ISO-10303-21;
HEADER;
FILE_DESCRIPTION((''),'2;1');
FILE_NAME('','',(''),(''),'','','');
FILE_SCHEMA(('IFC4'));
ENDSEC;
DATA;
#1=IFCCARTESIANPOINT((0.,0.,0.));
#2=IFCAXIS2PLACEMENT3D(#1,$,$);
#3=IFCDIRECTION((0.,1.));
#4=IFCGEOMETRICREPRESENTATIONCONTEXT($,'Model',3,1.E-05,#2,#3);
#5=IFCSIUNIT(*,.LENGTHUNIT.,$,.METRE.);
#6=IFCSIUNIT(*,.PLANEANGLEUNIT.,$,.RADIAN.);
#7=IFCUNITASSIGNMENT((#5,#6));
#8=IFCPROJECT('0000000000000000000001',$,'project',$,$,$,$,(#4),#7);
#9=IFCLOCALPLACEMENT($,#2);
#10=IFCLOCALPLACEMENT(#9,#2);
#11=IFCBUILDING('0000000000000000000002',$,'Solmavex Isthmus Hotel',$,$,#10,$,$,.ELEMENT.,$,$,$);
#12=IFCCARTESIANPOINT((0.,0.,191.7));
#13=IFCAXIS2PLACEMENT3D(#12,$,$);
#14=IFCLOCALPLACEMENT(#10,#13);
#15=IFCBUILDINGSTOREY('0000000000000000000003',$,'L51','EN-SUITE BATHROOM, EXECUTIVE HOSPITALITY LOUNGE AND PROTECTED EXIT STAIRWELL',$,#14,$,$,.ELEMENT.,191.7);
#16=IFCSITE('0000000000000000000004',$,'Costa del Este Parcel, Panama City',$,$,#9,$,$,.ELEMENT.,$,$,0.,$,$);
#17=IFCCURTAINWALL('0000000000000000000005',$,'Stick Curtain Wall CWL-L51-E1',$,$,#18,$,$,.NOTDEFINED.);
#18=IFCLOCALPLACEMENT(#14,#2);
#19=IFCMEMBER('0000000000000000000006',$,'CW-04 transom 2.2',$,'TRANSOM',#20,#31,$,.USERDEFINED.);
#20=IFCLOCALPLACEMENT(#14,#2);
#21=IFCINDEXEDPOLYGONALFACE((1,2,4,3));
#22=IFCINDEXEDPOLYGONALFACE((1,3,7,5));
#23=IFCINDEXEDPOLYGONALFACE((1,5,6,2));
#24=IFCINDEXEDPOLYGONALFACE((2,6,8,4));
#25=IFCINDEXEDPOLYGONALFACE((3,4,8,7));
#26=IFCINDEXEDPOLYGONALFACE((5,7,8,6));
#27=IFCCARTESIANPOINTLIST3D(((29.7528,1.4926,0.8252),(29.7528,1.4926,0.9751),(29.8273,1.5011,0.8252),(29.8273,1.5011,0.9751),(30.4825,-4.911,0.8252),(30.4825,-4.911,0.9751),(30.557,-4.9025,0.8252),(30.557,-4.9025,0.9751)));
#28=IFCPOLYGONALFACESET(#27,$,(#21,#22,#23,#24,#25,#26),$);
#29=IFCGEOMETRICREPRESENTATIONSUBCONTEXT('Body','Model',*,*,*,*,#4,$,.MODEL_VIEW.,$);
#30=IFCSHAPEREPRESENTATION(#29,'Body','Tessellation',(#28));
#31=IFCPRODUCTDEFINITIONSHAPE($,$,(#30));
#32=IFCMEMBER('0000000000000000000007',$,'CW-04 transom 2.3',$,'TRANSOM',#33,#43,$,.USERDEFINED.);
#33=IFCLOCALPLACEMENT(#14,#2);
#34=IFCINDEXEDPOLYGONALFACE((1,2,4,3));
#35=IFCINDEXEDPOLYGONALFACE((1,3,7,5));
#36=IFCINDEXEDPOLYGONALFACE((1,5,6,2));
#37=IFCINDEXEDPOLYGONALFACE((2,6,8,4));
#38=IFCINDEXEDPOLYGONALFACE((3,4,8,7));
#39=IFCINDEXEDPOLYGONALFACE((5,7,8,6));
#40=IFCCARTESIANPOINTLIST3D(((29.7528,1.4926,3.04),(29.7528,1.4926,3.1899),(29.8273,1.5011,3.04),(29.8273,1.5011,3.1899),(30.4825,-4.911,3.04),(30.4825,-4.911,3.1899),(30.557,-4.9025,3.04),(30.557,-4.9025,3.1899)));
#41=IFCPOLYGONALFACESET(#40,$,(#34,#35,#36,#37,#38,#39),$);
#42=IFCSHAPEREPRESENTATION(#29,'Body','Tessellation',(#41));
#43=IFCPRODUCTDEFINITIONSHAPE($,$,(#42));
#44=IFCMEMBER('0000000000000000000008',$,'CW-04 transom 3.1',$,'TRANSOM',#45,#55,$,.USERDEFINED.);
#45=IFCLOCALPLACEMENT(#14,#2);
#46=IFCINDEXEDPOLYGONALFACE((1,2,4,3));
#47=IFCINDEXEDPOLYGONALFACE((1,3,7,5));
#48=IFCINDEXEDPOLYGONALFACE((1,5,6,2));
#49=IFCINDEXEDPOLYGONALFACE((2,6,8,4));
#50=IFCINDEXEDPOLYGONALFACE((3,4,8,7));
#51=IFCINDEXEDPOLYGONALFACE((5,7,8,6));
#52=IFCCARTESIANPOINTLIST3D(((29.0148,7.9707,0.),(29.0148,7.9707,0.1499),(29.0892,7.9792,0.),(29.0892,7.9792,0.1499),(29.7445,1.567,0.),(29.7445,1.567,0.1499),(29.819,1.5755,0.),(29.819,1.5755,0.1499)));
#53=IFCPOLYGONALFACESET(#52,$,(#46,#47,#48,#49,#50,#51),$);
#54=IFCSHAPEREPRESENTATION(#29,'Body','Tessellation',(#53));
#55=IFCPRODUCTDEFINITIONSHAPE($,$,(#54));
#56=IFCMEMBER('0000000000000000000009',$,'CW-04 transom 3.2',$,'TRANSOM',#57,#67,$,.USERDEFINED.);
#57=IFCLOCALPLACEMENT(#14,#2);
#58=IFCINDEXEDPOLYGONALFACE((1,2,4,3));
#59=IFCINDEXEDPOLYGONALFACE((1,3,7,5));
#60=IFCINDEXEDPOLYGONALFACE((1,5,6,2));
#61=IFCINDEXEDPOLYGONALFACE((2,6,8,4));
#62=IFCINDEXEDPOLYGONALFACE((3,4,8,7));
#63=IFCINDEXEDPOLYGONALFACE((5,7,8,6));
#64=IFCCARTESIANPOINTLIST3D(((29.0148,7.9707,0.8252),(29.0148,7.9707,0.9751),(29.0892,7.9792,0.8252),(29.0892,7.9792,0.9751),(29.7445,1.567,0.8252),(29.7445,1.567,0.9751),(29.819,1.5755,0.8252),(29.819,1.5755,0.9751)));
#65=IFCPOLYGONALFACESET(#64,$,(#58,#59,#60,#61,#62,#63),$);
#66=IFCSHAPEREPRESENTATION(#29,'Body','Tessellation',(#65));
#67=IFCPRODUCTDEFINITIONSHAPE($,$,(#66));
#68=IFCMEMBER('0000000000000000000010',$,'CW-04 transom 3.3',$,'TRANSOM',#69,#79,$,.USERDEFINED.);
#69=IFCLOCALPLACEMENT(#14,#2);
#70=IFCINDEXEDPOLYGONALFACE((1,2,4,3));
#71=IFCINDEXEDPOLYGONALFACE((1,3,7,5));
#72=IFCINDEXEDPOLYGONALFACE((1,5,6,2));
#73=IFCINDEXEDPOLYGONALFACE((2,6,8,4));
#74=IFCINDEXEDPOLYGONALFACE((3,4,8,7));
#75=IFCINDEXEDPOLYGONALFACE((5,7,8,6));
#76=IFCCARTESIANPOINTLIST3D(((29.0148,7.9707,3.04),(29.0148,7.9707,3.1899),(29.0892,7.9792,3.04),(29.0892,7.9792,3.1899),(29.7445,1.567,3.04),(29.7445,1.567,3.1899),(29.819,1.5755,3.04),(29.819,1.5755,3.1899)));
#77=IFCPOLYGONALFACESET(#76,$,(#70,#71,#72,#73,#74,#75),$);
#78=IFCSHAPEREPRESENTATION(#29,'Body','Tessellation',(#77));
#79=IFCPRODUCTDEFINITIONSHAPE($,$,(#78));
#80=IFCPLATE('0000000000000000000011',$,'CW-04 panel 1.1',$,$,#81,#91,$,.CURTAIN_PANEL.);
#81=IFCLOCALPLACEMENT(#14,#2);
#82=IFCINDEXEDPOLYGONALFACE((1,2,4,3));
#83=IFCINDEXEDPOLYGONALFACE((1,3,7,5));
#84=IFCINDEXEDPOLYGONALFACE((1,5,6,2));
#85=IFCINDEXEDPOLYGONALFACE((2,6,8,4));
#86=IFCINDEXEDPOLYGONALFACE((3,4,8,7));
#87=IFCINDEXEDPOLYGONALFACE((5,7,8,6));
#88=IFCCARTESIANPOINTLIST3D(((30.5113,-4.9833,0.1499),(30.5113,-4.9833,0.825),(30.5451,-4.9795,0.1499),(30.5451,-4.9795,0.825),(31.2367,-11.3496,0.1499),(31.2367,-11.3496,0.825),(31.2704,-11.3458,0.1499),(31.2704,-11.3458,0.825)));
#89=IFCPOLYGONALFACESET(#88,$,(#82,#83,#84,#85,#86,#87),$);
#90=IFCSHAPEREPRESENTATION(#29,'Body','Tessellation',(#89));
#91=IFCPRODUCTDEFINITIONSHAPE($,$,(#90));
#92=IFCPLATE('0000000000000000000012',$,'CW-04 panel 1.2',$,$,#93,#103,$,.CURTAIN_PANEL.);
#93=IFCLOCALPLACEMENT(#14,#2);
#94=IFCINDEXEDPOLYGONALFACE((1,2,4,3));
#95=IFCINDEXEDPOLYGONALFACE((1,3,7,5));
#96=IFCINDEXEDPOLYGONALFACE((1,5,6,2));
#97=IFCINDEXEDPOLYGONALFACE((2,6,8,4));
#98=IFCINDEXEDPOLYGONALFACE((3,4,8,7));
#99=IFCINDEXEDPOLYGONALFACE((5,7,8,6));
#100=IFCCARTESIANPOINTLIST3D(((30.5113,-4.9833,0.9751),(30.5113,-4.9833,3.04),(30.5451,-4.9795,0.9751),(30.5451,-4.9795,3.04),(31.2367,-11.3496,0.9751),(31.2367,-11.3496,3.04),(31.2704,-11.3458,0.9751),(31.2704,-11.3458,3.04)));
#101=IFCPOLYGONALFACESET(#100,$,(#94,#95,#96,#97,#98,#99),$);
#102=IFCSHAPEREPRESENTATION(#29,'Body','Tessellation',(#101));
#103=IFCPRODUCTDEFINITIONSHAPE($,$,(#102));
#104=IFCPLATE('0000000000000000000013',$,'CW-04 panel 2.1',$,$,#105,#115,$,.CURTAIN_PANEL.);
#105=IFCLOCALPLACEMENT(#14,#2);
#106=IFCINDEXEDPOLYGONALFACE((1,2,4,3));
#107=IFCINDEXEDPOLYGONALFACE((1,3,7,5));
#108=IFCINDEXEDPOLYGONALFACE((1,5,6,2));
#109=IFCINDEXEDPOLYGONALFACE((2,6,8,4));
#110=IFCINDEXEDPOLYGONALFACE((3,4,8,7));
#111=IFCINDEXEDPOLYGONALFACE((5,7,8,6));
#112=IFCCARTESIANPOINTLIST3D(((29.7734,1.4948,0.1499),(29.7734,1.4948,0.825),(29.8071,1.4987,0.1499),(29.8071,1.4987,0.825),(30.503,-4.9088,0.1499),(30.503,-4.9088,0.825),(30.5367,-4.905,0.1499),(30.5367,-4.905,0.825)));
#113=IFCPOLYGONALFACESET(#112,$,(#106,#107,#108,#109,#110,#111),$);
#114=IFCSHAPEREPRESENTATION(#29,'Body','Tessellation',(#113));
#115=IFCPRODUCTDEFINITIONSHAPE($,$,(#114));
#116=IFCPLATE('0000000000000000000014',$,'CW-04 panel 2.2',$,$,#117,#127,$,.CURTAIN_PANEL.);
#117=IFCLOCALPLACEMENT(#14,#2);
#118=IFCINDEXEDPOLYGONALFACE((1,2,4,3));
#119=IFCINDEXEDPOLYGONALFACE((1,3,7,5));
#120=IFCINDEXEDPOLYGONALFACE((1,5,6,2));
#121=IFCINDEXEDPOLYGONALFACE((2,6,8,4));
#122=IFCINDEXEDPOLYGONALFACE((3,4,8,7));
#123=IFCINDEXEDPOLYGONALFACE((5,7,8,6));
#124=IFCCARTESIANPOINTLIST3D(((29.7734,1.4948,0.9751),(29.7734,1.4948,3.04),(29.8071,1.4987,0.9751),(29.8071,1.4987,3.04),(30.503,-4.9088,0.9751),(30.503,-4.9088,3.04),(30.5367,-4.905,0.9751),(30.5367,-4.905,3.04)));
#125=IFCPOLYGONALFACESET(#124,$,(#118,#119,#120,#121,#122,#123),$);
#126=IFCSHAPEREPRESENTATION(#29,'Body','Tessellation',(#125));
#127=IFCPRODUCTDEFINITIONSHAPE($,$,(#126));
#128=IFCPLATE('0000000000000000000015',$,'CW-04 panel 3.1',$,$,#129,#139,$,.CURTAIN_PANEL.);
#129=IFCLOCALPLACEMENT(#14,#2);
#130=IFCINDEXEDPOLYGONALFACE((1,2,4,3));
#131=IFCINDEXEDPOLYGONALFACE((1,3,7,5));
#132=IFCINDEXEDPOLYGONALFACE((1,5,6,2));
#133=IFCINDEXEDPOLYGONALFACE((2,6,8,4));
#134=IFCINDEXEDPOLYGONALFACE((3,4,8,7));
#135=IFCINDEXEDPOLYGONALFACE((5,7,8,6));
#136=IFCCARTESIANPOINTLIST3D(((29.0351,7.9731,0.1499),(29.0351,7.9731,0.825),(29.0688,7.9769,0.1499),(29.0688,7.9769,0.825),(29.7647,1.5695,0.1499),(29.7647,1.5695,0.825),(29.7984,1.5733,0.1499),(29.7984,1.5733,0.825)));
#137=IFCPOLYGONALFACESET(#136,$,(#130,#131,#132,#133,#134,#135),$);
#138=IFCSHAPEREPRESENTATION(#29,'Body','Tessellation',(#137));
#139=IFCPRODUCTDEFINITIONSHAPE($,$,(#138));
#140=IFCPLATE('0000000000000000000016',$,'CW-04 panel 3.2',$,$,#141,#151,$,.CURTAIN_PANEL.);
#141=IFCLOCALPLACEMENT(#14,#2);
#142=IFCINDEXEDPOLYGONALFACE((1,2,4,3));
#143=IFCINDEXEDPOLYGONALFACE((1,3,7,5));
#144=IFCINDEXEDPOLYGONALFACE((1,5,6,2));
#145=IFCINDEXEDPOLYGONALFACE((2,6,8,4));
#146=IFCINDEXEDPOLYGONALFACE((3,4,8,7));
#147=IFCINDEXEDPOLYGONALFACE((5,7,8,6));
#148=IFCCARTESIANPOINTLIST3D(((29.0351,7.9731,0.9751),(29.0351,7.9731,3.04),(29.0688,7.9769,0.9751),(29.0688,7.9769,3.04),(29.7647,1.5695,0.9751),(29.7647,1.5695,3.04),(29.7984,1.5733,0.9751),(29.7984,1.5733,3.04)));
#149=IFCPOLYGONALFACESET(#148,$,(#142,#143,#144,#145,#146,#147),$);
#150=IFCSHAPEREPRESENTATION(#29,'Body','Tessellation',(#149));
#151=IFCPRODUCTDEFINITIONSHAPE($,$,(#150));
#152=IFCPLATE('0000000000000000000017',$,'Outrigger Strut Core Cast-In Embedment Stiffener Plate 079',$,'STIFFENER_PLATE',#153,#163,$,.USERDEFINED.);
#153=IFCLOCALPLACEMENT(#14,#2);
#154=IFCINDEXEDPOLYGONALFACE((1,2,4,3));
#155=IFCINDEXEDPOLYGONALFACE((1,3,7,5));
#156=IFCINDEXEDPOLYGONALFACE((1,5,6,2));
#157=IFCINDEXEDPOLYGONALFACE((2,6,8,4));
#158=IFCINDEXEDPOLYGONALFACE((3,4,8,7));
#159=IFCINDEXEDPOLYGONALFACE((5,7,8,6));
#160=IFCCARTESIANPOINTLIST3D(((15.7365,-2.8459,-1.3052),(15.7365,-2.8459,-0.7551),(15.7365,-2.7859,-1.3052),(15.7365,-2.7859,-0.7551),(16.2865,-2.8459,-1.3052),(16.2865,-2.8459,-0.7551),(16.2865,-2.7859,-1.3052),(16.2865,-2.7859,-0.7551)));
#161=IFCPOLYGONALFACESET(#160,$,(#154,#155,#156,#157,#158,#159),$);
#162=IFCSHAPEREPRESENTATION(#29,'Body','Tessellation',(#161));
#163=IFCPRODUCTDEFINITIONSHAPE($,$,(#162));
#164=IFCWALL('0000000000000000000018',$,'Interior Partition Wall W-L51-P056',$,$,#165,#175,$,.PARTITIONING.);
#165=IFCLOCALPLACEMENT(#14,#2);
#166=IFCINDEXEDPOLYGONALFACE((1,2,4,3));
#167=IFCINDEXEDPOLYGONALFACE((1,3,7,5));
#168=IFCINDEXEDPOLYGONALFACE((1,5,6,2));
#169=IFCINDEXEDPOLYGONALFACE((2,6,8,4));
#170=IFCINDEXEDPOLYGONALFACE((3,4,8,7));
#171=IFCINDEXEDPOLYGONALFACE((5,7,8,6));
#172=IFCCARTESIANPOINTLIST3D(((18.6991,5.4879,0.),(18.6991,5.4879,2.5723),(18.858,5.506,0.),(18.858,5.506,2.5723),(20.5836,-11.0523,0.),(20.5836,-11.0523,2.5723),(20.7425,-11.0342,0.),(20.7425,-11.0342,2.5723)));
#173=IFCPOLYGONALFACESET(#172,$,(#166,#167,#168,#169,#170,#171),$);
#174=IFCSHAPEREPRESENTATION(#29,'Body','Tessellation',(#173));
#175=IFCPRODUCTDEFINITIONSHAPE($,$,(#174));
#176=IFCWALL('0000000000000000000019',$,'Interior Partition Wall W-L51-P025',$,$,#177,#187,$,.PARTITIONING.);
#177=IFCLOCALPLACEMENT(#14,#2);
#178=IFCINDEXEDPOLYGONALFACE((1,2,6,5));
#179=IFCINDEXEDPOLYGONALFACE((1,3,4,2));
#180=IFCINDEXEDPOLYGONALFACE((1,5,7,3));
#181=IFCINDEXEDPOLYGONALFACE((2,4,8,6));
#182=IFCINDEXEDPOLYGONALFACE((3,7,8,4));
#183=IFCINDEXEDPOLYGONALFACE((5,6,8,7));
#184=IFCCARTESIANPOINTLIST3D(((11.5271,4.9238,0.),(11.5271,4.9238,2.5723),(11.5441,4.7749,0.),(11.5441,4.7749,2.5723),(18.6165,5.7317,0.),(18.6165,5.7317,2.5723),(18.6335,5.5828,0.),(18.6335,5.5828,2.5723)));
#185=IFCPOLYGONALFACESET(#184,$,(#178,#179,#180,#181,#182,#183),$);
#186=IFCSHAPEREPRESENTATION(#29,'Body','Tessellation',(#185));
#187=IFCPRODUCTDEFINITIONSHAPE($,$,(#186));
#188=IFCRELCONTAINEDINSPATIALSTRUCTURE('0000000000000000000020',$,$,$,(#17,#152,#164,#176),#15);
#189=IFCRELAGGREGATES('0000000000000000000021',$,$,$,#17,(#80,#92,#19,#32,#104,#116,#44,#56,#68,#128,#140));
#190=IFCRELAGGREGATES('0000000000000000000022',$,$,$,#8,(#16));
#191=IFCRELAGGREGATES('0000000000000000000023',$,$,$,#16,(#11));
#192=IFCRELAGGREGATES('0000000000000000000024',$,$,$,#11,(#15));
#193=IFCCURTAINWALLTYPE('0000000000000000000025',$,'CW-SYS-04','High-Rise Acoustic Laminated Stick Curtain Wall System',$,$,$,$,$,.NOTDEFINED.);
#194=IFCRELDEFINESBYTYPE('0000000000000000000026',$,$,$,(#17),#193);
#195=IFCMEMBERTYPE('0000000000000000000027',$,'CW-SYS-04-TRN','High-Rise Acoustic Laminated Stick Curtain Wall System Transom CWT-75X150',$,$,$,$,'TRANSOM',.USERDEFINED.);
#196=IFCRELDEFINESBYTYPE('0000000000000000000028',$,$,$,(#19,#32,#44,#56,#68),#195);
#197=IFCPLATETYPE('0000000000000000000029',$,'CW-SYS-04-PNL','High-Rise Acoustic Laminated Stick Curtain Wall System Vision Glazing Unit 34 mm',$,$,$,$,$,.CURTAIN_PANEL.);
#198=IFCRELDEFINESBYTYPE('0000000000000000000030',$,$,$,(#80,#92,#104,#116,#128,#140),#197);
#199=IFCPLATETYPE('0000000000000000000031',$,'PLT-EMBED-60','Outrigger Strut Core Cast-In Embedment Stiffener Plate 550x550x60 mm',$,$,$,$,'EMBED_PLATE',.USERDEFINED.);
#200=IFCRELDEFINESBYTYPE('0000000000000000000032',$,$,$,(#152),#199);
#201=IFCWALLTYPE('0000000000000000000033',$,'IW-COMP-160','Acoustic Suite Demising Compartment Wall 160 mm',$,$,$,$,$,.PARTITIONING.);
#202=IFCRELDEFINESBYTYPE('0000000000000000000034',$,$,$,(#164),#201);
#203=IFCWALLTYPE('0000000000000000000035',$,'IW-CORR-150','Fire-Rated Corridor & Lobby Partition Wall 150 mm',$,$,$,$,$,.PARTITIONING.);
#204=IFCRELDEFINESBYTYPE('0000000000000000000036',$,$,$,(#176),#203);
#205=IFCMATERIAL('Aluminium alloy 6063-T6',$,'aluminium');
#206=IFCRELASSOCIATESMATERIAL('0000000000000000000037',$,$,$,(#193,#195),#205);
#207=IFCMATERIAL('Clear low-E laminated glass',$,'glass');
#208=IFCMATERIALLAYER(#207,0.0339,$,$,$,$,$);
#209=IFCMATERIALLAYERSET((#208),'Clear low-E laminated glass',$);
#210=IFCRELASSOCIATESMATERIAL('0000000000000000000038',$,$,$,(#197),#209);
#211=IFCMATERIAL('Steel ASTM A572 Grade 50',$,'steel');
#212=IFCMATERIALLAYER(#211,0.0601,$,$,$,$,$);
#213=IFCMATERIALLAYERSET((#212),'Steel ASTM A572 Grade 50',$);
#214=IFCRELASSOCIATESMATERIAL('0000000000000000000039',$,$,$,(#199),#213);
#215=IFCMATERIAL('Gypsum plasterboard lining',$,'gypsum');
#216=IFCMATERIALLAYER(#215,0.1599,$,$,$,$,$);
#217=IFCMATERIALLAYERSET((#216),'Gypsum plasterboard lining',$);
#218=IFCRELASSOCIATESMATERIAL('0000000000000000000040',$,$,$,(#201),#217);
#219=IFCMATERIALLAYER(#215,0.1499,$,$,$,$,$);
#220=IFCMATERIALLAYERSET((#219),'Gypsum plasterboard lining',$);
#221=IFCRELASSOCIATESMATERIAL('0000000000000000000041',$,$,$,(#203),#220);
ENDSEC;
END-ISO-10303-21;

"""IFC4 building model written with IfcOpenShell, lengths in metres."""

from ifc_helpers import new_model, si_unit, direction, frame, frame_2d, origin, origin_2d, place, context, subcontext, project, spatial, rectangle, extrude, material, layer, layer_set, material_profile, profile_set, type_object, element, aggregate, save


model = new_model("IFC4")

# Units and contexts
model_context = context("Model", 3, precision=1e-05, world=origin(), true_north=direction((0.0, 1.0)))
body_context = subcontext(model_context, "Body", "Model", "MODEL_VIEW")
ifc_project = project(units=[si_unit("LENGTHUNIT", "METRE"), si_unit("PLANEANGLEUNIT", "RADIAN")], contexts=[model_context])

# Site, building, storey
site_placement = place(None, origin())
site = spatial("IfcSite", under=ifc_project, at=site_placement, Name="Costa del Este Parcel, Panama City", CompositionType="ELEMENT", RefElevation=0.0)
building_placement = place(site_placement, origin())
building = spatial("IfcBuilding", under=site, at=building_placement, Name="Solmavex Isthmus Hotel", CompositionType="ELEMENT")
storey_placement = place(building_placement, frame((0.0, 0.0, 191.7)))
storey = spatial("IfcBuildingStorey", under=building, at=storey_placement, Name="L51", Description="EN-SUITE BATHROOM, EXECUTIVE HOSPITALITY LOUNGE AND PROTECTED EXIT STAIRWELL", CompositionType="ELEMENT", Elevation=191.7)

# Shared definitions
ifc_material_1 = material(Name="Steel ASTM A572 Grade 50", Category="steel")

# Curtain wall, members, plates
ifc_material_2 = material(Name="Aluminium alloy 6063-T6", Category="aluminium")
curtain_wall_type = type_object("IfcCurtainWallType", Name="CW-SYS-04", Description="High-Rise Acoustic Laminated Stick Curtain Wall System", PredefinedType="NOTDEFINED", material=ifc_material_2)
curtain_wall_placement = place(storey_placement, origin())
curtain_wall = element("IfcCurtainWall", 1, at=curtain_wall_placement, inside=storey, type_object=curtain_wall_type, Name="Stick Curtain Wall CWL-L51-E1", PredefinedType="NOTDEFINED")
ifc_material_profile_1 = material_profile(ifc_material_2, rectangle(XDim=0.075, YDim=0.1499, at=origin_2d()), Name="CWT-75X150")
ifc_profile_set_1 = profile_set([ifc_material_profile_1], Name="Aluminium alloy 6063-T6")
member_type_1 = type_object("IfcMemberType", Name="CW-SYS-04-TRN", Description="High-Rise Acoustic Laminated Stick Curtain Wall System Transom CWT-75X150", ElementType="TRANSOM", PredefinedType="USERDEFINED", material=ifc_profile_set_1)
member_1_placement = place(storey_placement, frame((30.5198, -4.9067, 0.9001), z_axis=(-0.113225, 0.993569, 0.0), x_axis=(-0.993569, -0.113225, 0.0)))
member_1 = element("IfcMember", 2, at=member_1_placement, type_object=member_type_1, Name="CW-04 transom 2.2", ObjectType="TRANSOM", PredefinedType="USERDEFINED", context=body_context, shape_type="SweptSolid", body=[
    extrude(rectangle(XDim=0.075, YDim=0.1499, at=origin_2d()), origin(), (0.0, 0.0, 1.0), 6.4451),
])
member_2_placement = place(storey_placement, frame((30.5198, -4.9067, 3.115), z_axis=(-0.113225, 0.993569, 0.0), x_axis=(-0.993569, -0.113225, 0.0)))
member_2 = element("IfcMember", 3, at=member_2_placement, type_object=member_type_1, Name="CW-04 transom 2.3", ObjectType="TRANSOM", PredefinedType="USERDEFINED", context=body_context, shape_type="SweptSolid", body=[
    extrude(rectangle(XDim=0.075, YDim=0.1499, at=origin_2d()), origin(), (0.0, 0.0, 1.0), 6.4451),
])
member_3_placement = place(storey_placement, frame((29.7817, 1.5713, 0.075), z_axis=(-0.113225, 0.993569, 0.0), x_axis=(-0.993569, -0.113225, 0.0)))
member_3 = element("IfcMember", 4, at=member_3_placement, type_object=member_type_1, Name="CW-04 transom 3.1", ObjectType="TRANSOM", PredefinedType="USERDEFINED", context=body_context, shape_type="SweptSolid", body=[
    extrude(rectangle(XDim=0.075, YDim=0.1499, at=origin_2d()), origin(), (0.0, 0.0, 1.0), 6.4451),
])
member_4_placement = place(storey_placement, frame((29.7817, 1.5713, 0.9001), z_axis=(-0.113225, 0.993569, 0.0), x_axis=(-0.993569, -0.113225, 0.0)))
member_4 = element("IfcMember", 5, at=member_4_placement, type_object=member_type_1, Name="CW-04 transom 3.2", ObjectType="TRANSOM", PredefinedType="USERDEFINED", context=body_context, shape_type="SweptSolid", body=[
    extrude(rectangle(XDim=0.075, YDim=0.1499, at=origin_2d()), origin(), (0.0, 0.0, 1.0), 6.4451),
])
member_5_placement = place(storey_placement, frame((29.7817, 1.5713, 3.115), z_axis=(-0.113225, 0.993569, 0.0), x_axis=(-0.993569, -0.113225, 0.0)))
member_5 = element("IfcMember", 6, at=member_5_placement, type_object=member_type_1, Name="CW-04 transom 3.3", ObjectType="TRANSOM", PredefinedType="USERDEFINED", context=body_context, shape_type="SweptSolid", body=[
    extrude(rectangle(XDim=0.075, YDim=0.1499, at=origin_2d()), origin(), (0.0, 0.0, 1.0), 6.4451),
])
ifc_material_3 = material(Name="Clear low-E laminated glass", Category="glass")
ifc_layer_1 = layer(ifc_material_3, 0.0339)
ifc_layer_set_1 = layer_set([ifc_layer_1], Name="Clear low-E laminated glass")
plate_type_1 = type_object("IfcPlateType", Name="CW-SYS-04-PNL", Description="High-Rise Acoustic Laminated Stick Curtain Wall System Vision Glazing Unit 34 mm", PredefinedType="CURTAIN_PANEL", material=ifc_layer_set_1)
plate_1_placement = place(storey_placement, frame((30.8909, -8.1646, 0.1499), z_axis=(0.0, 0.0, 1.0), x_axis=(-0.113203, 0.993572, 0.0)))
plate_1 = element("IfcPlate", 7, at=plate_1_placement, type_object=plate_type_1, Name="CW-04 panel 1.1", PredefinedType="CURTAIN_PANEL", context=body_context, shape_type="SweptSolid", body=[
    extrude(rectangle(XDim=6.4075, YDim=0.0339, at=origin_2d()), origin(), (0.0, 0.0, 1.0), 0.675),
])
plate_2_placement = place(storey_placement, frame((30.8909, -8.1646, 0.9751), z_axis=(0.0, 0.0, 1.0), x_axis=(-0.113203, 0.993572, 0.0)))
plate_2 = element("IfcPlate", 8, at=plate_2_placement, type_object=plate_type_1, Name="CW-04 panel 1.2", PredefinedType="CURTAIN_PANEL", context=body_context, shape_type="SweptSolid", body=[
    extrude(rectangle(XDim=6.4075, YDim=0.0339, at=origin_2d()), origin(), (0.0, 0.0, 1.0), 2.0649),
])
plate_3_placement = place(storey_placement, frame((30.155, -1.7051, 0.1499), z_axis=(0.0, 0.0, 1.0), x_axis=(-0.113203, 0.993572, 0.0)))
plate_3 = element("IfcPlate", 9, at=plate_3_placement, type_object=plate_type_1, Name="CW-04 panel 2.1", PredefinedType="CURTAIN_PANEL", context=body_context, shape_type="SweptSolid", body=[
    extrude(rectangle(XDim=6.4451, YDim=0.0339, at=origin_2d()), origin(), (0.0, 0.0, 1.0), 0.675),
])
plate_4_placement = place(storey_placement, frame((30.155, -1.7051, 0.9751), z_axis=(0.0, 0.0, 1.0), x_axis=(-0.113203, 0.993572, 0.0)))
plate_4 = element("IfcPlate", 10, at=plate_4_placement, type_object=plate_type_1, Name="CW-04 panel 2.2", PredefinedType="CURTAIN_PANEL", context=body_context, shape_type="SweptSolid", body=[
    extrude(rectangle(XDim=6.4451, YDim=0.0339, at=origin_2d()), origin(), (0.0, 0.0, 1.0), 2.0649),
])
plate_5_placement = place(storey_placement, frame((29.4167, 4.7732, 0.1499), z_axis=(0.0, 0.0, 1.0), x_axis=(-0.113203, 0.993572, 0.0)))
plate_5 = element("IfcPlate", 11, at=plate_5_placement, type_object=plate_type_1, Name="CW-04 panel 3.1", PredefinedType="CURTAIN_PANEL", context=body_context, shape_type="SweptSolid", body=[
    extrude(rectangle(XDim=6.4451, YDim=0.0339, at=origin_2d()), origin(), (0.0, 0.0, 1.0), 0.675),
])
plate_6_placement = place(storey_placement, frame((29.4167, 4.7732, 0.9751), z_axis=(0.0, 0.0, 1.0), x_axis=(-0.113203, 0.993572, 0.0)))
plate_6 = element("IfcPlate", 12, at=plate_6_placement, type_object=plate_type_1, Name="CW-04 panel 3.2", PredefinedType="CURTAIN_PANEL", context=body_context, shape_type="SweptSolid", body=[
    extrude(rectangle(XDim=6.4451, YDim=0.0339, at=origin_2d()), origin(), (0.0, 0.0, 1.0), 2.0649),
])
aggregate(curtain_wall, [plate_1, plate_2, member_1, member_2, plate_3, plate_4, member_3, member_4, member_5, plate_5, plate_6])

# Plate
ifc_layer_2 = layer(ifc_material_1, 0.0601)
ifc_layer_set_2 = layer_set([ifc_layer_2], Name="Steel ASTM A572 Grade 50")
plate_type_2 = type_object("IfcPlateType", Name="PLT-EMBED-60", Description="Outrigger Strut Core Cast-In Embedment Stiffener Plate 550x550x60 mm", ElementType="EMBED_PLATE", PredefinedType="USERDEFINED", material=ifc_layer_set_2)
plate_7_placement = place(storey_placement, frame((16.0115, -2.8159, -1.3052), z_axis=(0.0, 0.0, 1.0), x_axis=(1.0, 0.0, 0.0)))
element("IfcPlate", 13, at=plate_7_placement, inside=storey, type_object=plate_type_2, Name="Outrigger Strut Core Cast-In Embedment Stiffener Plate 079", ObjectType="STIFFENER_PLATE", PredefinedType="USERDEFINED", context=body_context, shape_type="SweptSolid", body=[
    extrude(rectangle(XDim=0.55, YDim=0.0601, at=origin_2d()), origin(), (0.0, 0.0, 1.0), 0.55),
])

# Walls
ifc_material_4 = material(Name="Gypsum plasterboard lining", Category="gypsum")
ifc_layer_3 = layer(ifc_material_4, 0.1599)
ifc_layer_set_3 = layer_set([ifc_layer_3], Name="Gypsum plasterboard lining")
wall_type_1 = type_object("IfcWallType", Name="IW-COMP-160", Description="Acoustic Suite Demising Compartment Wall 160 mm", PredefinedType="PARTITIONING", material=ifc_layer_set_3)
wall_1_placement = place(storey_placement, frame((18.7786, 5.4971, 0.0), z_axis=(0.0, 0.0, 1.0), x_axis=(0.113203, -0.993572, 0.0)))
element("IfcWall", 14, at=wall_1_placement, inside=storey, type_object=wall_type_1, Name="Interior Partition Wall W-L51-P056", PredefinedType="PARTITIONING", context=body_context, shape_type="SweptSolid", body=[
    extrude(rectangle(XDim=16.6472, YDim=0.1599, at=frame_2d((8.3237, 0.0))), origin(), (0.0, 0.0, 1.0), 2.5723),
])
ifc_layer_4 = layer(ifc_material_4, 0.1499)
ifc_layer_set_4 = layer_set([ifc_layer_4], Name="Gypsum plasterboard lining")
wall_type_2 = type_object("IfcWallType", Name="IW-CORR-150", Description="Fire-Rated Corridor & Lobby Partition Wall 150 mm", PredefinedType="PARTITIONING", material=ifc_layer_set_4)
wall_2_placement = place(storey_placement, frame((18.625, 5.6572, 0.0), z_axis=(0.0, 0.0, 1.0), x_axis=(-0.99357, -0.113221, 0.0)))
element("IfcWall", 15, at=wall_2_placement, inside=storey, type_object=wall_type_2, Name="Interior Partition Wall W-L51-P025", PredefinedType="PARTITIONING", context=body_context, shape_type="SweptSolid", body=[
    extrude(rectangle(XDim=7.1353, YDim=0.1499, at=frame_2d((3.5676, 0.0))), origin(), (0.0, 0.0, 1.0), 2.5723),
])

save(model, "model.ifc")
